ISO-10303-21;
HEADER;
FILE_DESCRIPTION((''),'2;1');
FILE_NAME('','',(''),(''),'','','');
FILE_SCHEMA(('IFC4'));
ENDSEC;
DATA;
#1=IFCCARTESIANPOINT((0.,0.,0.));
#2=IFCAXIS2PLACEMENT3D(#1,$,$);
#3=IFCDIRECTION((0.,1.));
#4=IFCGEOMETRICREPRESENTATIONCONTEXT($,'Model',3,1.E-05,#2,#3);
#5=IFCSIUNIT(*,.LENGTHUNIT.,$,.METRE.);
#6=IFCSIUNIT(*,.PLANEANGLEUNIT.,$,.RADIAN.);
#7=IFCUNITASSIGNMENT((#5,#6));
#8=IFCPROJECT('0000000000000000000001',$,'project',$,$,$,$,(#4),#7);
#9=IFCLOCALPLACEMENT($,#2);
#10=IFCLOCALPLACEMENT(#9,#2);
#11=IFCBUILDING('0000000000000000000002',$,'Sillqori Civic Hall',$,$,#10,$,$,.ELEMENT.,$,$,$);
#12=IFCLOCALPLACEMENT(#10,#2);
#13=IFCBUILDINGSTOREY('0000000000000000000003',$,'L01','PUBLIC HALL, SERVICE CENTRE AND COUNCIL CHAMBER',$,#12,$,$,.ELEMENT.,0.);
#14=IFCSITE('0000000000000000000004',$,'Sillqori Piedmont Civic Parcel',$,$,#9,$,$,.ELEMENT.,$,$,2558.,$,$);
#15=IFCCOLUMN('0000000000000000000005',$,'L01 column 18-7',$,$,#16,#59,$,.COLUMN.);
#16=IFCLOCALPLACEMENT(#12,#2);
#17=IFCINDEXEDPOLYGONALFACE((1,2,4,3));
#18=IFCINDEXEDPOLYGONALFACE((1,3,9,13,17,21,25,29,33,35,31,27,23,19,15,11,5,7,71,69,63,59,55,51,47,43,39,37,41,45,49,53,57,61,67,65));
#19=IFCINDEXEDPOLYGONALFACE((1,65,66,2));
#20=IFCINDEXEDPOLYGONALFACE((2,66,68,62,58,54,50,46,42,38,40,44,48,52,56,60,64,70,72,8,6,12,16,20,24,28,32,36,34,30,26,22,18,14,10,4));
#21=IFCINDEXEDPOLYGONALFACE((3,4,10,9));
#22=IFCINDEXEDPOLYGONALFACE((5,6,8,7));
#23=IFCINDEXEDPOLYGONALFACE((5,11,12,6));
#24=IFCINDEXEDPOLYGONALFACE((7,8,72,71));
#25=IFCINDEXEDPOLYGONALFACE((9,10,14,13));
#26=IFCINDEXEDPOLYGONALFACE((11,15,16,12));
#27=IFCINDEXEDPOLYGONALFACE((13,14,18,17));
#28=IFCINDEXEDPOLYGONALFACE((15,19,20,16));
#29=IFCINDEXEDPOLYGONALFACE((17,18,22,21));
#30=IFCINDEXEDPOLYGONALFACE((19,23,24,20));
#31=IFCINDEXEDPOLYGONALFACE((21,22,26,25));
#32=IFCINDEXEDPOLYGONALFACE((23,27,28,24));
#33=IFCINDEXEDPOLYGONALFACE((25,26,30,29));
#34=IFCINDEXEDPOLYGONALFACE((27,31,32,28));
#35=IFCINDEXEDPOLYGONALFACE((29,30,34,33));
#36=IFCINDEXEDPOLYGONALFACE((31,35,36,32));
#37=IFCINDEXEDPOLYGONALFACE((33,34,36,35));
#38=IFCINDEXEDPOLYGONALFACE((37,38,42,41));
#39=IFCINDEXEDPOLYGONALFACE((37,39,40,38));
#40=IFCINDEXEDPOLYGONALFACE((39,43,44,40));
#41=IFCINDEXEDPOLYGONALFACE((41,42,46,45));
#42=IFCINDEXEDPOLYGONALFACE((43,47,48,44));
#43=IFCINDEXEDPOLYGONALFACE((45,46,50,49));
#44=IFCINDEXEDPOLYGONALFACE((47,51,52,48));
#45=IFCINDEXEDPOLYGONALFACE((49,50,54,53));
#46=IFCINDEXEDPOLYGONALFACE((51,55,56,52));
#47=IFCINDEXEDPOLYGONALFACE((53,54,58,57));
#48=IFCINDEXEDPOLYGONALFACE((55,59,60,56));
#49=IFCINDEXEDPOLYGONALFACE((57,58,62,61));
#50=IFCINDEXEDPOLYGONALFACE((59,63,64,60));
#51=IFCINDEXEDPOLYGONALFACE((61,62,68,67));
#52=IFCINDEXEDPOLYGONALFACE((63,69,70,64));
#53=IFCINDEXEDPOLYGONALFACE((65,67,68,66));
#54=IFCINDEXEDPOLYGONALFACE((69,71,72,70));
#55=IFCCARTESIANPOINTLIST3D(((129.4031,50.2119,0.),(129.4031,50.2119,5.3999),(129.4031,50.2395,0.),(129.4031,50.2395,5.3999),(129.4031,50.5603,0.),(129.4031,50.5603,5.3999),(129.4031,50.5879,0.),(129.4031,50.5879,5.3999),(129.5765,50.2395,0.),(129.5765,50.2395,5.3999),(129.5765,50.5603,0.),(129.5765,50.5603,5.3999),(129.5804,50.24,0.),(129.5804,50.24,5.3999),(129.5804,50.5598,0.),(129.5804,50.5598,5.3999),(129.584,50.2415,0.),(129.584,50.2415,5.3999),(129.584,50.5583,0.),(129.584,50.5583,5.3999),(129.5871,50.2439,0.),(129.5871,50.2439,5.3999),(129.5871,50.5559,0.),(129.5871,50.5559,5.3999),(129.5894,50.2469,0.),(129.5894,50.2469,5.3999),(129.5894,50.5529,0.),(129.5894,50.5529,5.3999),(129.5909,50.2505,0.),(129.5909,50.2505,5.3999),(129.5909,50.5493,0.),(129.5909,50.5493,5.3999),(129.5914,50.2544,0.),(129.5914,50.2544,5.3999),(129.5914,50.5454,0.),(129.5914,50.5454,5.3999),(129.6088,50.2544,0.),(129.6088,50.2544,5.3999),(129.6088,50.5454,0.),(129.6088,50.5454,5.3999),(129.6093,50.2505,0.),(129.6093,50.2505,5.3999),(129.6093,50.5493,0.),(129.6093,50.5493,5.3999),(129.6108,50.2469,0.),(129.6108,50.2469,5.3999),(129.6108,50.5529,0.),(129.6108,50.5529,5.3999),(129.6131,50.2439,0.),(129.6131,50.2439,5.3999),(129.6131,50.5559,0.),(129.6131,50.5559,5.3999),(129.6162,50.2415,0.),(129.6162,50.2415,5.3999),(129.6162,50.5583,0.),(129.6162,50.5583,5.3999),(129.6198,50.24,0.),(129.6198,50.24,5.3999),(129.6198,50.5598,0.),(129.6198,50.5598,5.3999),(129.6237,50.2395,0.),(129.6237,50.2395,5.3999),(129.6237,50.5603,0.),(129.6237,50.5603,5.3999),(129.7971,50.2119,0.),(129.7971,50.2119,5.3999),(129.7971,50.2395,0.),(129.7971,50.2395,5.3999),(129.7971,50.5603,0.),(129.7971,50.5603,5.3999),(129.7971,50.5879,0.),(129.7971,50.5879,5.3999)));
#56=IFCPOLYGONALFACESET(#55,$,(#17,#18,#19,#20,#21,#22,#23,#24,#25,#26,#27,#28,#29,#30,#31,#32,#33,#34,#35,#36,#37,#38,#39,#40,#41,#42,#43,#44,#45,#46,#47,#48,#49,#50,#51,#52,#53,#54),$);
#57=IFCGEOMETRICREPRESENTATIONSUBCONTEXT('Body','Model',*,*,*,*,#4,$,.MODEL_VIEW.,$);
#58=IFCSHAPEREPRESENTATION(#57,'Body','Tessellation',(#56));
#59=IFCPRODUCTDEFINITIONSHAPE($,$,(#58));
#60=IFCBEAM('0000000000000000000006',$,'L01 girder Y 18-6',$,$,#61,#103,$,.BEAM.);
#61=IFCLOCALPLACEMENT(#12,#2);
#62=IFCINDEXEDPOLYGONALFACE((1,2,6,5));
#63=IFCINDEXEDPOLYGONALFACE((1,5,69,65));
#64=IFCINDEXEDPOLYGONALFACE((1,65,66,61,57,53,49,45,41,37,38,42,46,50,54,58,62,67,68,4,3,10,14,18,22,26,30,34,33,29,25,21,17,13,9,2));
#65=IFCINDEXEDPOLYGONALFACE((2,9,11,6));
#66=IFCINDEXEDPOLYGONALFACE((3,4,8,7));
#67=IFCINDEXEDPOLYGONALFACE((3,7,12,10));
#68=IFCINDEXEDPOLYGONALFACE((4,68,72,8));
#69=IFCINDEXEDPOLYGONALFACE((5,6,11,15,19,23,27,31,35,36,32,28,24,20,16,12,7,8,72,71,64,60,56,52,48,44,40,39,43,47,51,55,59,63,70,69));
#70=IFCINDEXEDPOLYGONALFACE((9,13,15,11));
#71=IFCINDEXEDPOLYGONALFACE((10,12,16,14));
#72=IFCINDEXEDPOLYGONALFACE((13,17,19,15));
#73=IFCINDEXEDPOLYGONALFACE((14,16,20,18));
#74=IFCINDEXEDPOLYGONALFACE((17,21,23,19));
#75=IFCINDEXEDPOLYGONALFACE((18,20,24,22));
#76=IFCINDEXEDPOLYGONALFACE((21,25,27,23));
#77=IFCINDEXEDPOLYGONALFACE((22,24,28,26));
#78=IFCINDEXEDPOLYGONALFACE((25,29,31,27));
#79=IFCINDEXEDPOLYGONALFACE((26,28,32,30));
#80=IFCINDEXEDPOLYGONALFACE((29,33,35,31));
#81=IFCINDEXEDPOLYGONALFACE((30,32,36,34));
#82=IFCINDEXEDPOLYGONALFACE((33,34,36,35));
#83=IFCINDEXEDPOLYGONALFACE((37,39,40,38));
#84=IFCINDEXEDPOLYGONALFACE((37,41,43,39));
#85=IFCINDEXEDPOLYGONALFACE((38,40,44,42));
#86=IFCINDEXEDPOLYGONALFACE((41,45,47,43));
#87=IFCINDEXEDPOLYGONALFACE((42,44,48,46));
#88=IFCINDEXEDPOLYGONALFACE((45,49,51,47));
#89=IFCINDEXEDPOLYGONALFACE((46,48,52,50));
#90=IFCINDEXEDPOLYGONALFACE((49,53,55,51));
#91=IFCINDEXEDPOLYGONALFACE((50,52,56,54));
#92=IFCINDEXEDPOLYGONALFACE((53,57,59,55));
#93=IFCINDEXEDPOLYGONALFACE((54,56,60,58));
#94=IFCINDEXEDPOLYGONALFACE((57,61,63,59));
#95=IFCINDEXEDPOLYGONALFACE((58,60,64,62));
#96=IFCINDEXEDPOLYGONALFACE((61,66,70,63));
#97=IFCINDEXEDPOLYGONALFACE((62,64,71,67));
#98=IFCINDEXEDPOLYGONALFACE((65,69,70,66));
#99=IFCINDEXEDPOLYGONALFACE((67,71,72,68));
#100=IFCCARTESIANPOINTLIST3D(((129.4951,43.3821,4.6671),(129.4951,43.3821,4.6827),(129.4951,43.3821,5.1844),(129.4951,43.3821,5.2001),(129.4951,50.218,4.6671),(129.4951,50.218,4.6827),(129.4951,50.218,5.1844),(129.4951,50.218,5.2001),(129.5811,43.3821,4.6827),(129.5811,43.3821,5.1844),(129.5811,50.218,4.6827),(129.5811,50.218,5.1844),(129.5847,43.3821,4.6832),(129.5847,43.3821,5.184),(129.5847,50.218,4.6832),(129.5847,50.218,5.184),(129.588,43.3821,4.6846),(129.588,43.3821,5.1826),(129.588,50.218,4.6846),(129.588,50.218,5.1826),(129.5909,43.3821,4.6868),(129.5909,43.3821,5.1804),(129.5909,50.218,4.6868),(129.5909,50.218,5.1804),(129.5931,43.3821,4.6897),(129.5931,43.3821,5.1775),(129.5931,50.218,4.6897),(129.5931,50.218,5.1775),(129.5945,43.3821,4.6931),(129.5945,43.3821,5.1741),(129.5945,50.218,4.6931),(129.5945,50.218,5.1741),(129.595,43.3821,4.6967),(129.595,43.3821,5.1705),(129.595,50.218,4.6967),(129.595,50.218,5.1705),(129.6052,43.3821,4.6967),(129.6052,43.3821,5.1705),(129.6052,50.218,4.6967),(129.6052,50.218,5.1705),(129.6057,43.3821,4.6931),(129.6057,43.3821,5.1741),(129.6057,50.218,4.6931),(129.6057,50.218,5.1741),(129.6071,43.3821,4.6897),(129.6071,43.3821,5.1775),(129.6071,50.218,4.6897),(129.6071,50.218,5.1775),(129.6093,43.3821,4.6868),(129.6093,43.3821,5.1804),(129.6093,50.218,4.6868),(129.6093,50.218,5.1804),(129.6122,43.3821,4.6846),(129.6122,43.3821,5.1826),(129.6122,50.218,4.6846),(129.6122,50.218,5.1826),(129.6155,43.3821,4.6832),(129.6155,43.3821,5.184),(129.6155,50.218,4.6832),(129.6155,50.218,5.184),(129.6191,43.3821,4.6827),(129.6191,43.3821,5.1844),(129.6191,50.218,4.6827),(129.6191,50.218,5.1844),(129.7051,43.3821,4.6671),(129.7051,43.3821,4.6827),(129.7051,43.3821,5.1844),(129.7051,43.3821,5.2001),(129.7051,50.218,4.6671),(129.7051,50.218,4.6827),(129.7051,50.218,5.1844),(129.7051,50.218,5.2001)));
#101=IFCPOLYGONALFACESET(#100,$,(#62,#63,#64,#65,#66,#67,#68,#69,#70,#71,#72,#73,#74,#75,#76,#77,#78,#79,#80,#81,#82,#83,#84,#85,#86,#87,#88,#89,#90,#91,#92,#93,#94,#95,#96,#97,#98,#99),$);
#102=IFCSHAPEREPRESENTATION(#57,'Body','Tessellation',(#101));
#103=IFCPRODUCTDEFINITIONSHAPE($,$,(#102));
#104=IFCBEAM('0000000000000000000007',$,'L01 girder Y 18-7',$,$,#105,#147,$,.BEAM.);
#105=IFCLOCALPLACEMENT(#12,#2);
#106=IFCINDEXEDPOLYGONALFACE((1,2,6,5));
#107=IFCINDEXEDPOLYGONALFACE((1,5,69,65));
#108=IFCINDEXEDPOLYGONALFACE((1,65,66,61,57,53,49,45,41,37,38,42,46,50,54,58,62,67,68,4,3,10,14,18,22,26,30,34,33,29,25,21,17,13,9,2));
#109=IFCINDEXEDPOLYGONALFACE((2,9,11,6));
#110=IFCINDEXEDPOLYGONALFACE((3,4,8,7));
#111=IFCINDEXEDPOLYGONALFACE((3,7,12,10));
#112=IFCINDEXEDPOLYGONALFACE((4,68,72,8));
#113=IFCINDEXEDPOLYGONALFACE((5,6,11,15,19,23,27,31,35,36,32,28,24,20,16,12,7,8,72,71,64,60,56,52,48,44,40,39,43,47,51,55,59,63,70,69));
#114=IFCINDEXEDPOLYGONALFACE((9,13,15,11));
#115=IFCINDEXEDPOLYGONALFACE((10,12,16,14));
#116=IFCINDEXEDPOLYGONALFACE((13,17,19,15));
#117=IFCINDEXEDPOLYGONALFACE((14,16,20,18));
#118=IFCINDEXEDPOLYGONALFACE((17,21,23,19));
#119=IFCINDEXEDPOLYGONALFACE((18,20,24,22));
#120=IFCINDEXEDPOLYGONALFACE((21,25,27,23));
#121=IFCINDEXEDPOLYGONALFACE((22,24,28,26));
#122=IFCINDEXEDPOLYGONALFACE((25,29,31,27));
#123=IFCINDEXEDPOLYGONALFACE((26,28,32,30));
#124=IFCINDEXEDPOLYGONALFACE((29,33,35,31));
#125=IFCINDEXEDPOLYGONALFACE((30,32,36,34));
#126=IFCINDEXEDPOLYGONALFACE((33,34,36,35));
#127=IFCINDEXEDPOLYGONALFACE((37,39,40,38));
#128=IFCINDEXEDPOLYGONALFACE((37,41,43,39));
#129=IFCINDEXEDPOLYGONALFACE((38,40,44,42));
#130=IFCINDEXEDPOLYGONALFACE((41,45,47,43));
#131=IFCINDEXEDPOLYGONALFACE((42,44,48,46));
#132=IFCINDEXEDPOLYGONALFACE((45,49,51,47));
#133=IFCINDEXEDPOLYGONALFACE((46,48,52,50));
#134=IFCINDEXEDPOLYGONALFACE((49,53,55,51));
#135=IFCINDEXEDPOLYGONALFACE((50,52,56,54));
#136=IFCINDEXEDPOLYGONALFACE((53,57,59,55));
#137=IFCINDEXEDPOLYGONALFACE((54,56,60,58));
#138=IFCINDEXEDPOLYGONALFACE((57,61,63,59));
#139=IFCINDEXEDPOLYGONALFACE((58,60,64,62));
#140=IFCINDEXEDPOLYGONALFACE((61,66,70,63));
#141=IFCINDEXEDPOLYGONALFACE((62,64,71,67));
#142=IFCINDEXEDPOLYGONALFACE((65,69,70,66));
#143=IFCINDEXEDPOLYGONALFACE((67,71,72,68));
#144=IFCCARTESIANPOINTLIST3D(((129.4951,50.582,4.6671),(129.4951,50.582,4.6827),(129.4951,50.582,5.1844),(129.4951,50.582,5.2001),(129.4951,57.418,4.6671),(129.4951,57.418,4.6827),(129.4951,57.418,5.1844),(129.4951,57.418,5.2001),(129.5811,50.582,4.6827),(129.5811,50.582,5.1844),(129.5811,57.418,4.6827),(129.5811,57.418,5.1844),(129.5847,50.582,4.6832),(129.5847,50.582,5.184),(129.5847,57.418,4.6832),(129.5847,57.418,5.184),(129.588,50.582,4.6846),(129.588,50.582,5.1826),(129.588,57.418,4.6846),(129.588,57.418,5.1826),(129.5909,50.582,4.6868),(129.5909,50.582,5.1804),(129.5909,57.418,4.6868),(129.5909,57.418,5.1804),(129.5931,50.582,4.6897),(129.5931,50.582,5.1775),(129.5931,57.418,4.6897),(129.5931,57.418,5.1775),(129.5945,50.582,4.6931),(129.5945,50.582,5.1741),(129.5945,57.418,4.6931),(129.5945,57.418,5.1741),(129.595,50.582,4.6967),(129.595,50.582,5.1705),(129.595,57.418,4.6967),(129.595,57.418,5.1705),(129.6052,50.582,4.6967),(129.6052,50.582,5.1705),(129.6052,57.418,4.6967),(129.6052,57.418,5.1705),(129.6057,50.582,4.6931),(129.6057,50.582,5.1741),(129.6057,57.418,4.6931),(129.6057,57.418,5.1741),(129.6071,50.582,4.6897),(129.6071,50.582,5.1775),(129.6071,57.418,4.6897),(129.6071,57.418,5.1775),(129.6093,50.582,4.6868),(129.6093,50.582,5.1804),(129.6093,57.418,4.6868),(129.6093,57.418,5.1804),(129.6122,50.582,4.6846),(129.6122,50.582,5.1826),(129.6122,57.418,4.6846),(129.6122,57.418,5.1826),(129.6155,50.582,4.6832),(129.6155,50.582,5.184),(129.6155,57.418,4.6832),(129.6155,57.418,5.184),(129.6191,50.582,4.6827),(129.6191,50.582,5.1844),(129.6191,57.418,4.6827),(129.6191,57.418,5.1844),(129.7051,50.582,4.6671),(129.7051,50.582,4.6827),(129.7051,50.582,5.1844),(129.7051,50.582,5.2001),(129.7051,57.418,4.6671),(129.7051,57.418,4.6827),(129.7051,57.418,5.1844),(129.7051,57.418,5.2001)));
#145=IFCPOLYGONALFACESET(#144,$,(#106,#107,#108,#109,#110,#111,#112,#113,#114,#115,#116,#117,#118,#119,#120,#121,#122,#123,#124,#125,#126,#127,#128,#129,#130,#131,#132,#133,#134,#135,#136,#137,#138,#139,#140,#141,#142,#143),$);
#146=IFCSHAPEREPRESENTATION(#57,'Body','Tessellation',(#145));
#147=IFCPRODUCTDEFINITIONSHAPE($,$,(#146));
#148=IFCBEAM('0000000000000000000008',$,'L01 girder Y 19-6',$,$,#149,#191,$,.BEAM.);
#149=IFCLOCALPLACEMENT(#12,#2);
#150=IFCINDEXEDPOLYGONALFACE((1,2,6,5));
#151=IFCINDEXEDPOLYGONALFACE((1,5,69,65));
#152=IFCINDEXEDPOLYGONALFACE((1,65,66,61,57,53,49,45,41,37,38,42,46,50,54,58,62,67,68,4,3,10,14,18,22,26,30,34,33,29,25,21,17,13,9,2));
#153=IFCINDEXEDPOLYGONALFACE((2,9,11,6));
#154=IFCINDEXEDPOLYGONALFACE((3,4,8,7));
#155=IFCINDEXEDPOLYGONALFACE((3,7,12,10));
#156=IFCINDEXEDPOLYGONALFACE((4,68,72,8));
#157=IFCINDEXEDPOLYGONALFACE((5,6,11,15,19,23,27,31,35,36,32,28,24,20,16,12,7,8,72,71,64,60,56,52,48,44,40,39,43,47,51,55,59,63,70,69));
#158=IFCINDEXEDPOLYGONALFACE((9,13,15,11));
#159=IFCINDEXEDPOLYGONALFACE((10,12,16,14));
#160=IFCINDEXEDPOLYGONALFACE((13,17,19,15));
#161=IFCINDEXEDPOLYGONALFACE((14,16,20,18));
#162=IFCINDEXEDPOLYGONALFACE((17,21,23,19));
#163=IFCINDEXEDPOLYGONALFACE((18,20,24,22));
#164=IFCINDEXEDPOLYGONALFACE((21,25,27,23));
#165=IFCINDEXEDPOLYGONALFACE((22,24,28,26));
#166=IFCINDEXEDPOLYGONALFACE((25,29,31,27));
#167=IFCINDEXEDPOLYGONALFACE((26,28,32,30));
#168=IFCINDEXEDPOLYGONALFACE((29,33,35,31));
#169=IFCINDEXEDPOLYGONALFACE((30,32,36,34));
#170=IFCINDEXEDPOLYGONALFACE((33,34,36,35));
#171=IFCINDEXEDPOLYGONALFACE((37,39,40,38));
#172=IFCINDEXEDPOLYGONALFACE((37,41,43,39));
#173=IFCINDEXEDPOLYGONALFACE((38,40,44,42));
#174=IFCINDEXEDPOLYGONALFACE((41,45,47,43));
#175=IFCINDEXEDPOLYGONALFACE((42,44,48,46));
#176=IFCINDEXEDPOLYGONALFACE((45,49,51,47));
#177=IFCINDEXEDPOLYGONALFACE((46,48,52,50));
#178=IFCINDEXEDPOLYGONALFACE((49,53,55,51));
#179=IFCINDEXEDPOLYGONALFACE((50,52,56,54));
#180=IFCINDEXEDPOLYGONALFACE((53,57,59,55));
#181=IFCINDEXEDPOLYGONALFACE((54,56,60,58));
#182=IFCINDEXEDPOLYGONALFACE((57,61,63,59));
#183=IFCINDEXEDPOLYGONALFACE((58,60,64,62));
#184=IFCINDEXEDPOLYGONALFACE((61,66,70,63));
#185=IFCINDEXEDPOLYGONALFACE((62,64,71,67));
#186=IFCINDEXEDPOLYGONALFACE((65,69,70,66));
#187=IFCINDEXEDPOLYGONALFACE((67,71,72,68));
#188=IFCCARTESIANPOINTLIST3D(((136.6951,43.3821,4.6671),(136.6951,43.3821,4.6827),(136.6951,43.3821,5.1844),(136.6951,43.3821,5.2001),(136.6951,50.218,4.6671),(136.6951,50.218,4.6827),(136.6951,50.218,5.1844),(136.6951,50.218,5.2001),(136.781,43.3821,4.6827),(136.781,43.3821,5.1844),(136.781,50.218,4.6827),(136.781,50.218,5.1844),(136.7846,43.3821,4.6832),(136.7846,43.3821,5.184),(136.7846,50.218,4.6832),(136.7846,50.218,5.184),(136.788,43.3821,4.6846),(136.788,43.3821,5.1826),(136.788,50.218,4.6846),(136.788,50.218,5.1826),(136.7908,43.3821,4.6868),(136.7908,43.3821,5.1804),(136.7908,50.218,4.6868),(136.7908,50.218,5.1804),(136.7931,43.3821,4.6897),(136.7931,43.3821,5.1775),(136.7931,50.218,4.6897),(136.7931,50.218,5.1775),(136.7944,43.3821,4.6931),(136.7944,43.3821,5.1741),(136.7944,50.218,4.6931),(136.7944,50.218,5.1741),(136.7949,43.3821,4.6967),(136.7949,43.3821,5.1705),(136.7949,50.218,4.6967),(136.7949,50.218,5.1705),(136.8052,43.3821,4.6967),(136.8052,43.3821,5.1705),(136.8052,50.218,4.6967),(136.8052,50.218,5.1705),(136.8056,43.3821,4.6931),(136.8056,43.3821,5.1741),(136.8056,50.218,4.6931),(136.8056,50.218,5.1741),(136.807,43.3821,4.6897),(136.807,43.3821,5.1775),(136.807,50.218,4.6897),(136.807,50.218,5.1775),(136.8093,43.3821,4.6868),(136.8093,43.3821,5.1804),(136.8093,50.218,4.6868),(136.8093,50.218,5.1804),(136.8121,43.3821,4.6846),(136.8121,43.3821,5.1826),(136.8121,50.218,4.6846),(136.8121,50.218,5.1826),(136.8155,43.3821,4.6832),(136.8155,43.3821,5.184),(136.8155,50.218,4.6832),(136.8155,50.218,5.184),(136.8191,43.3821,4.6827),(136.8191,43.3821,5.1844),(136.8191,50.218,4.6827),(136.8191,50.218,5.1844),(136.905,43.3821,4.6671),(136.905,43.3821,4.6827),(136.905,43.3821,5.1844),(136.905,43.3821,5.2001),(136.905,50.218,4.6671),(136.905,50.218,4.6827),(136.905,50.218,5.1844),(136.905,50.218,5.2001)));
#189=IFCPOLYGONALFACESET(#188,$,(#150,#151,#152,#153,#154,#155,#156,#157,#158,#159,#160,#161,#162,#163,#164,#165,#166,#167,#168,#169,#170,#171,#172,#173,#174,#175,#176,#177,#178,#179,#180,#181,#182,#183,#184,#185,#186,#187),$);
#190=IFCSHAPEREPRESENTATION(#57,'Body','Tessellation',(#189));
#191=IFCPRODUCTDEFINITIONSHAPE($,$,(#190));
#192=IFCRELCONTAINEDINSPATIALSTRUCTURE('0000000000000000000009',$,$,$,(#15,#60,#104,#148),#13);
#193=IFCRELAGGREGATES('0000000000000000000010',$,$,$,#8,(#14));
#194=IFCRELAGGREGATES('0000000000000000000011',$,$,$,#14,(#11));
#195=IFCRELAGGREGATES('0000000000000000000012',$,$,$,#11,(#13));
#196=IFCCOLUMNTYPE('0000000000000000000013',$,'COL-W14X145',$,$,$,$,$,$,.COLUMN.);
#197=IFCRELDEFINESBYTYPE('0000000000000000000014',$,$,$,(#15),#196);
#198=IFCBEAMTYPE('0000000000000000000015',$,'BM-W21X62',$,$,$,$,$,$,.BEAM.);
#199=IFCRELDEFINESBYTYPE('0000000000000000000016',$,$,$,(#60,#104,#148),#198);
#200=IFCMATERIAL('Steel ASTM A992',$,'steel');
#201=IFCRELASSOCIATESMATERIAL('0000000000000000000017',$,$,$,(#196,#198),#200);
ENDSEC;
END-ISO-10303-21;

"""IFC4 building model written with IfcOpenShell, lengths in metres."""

from ifc_helpers import new_model, si_unit, direction, frame, origin, origin_2d, place, context, subcontext, project, spatial, i_section, extrude, material, material_profile, profile_set, type_object, element, save


model = new_model("IFC4")

# Units and contexts
model_context = context("Model", 3, precision=1e-05, world=origin(), true_north=direction((0.0, 1.0)))
body_context = subcontext(model_context, "Body", "Model", "MODEL_VIEW")
ifc_project = project(units=[si_unit("LENGTHUNIT", "METRE"), si_unit("PLANEANGLEUNIT", "RADIAN")], contexts=[model_context])

# Site, building, storey
site_placement = place(None, origin())
site = spatial("IfcSite", under=ifc_project, at=site_placement, Name="Sillqori Piedmont Civic Parcel", CompositionType="ELEMENT", RefElevation=2558.0)
building_placement = place(site_placement, origin())
building = spatial("IfcBuilding", under=site, at=building_placement, Name="Sillqori Civic Hall", CompositionType="ELEMENT")
storey_placement = place(building_placement, origin())
storey = spatial("IfcBuildingStorey", under=building, at=storey_placement, Name="L01", Description="PUBLIC HALL, SERVICE CENTRE AND COUNCIL CHAMBER", CompositionType="ELEMENT", Elevation=0.0)

# Column
ifc_material_1 = material(Name="Steel ASTM A992", Category="steel")
ifc_material_profile_1 = material_profile(ifc_material_1, i_section(OverallWidth=0.394, OverallDepth=0.376, WebThickness=0.0173, FlangeThickness=0.0276, FilletRadius=0.0149, at=origin_2d()), Name="W14X145")
ifc_profile_set_1 = profile_set([ifc_material_profile_1], Name="Steel ASTM A992")
column_type = type_object("IfcColumnType", Name="COL-W14X145", PredefinedType="COLUMN", material=ifc_profile_set_1)
column_placement = place(storey_placement, frame((129.6001, 50.3999, 0.0), z_axis=(0.0, 0.0, 1.0), x_axis=(1.0, 0.0, 0.0)))
element("IfcColumn", 1, at=column_placement, inside=storey, type_object=column_type, Name="L01 column 18-7", PredefinedType="COLUMN", context=body_context, shape_type="SweptSolid", body=[
    extrude(i_section(OverallWidth=0.394, OverallDepth=0.376, WebThickness=0.0173, FlangeThickness=0.0276, FilletRadius=0.0149, at=origin_2d()), origin(), (0.0, 0.0, 1.0), 5.3999),
])

# Beams
ifc_material_profile_2 = material_profile(ifc_material_1, i_section(OverallWidth=0.21, OverallDepth=0.533, WebThickness=0.0103, FlangeThickness=0.0156, FilletRadius=0.0139, at=origin_2d()), Name="W21X62")
ifc_profile_set_2 = profile_set([ifc_material_profile_2], Name="Steel ASTM A992")
beam_type_1 = type_object("IfcBeamType", Name="BM-W21X62", PredefinedType="BEAM", material=ifc_profile_set_2)
for number, where, z_axis, x_axis, name in (
    (2, (129.6001, 43.3821, 4.9336), (0.0, 1.0, 0.0), (-1.0, 0.0, 0.0), "L01 girder Y 18-6"),
    (3, (129.6001, 50.582, 4.9336), (0.0, 1.0, 0.0), (-1.0, 0.0, 0.0), "L01 girder Y 18-7"),
    (4, (136.8, 43.3821, 4.9336), (0.0, 1.0, 0.0), (-1.0, 0.0, 0.0), "L01 girder Y 19-6"),
):
    element("IfcBeam", number, at=place(storey_placement, frame(where, z_axis=z_axis, x_axis=x_axis)), inside=storey, type_object=beam_type_1, Name=name, PredefinedType="BEAM", context=body_context, shape_type="SweptSolid", body=[
        extrude(i_section(OverallWidth=0.21, OverallDepth=0.533, WebThickness=0.0103, FlangeThickness=0.0156, FilletRadius=0.0139, at=origin_2d()), origin(), (0.0, 0.0, 1.0), 6.8359),
    ])

save(model, "model.ifc")
